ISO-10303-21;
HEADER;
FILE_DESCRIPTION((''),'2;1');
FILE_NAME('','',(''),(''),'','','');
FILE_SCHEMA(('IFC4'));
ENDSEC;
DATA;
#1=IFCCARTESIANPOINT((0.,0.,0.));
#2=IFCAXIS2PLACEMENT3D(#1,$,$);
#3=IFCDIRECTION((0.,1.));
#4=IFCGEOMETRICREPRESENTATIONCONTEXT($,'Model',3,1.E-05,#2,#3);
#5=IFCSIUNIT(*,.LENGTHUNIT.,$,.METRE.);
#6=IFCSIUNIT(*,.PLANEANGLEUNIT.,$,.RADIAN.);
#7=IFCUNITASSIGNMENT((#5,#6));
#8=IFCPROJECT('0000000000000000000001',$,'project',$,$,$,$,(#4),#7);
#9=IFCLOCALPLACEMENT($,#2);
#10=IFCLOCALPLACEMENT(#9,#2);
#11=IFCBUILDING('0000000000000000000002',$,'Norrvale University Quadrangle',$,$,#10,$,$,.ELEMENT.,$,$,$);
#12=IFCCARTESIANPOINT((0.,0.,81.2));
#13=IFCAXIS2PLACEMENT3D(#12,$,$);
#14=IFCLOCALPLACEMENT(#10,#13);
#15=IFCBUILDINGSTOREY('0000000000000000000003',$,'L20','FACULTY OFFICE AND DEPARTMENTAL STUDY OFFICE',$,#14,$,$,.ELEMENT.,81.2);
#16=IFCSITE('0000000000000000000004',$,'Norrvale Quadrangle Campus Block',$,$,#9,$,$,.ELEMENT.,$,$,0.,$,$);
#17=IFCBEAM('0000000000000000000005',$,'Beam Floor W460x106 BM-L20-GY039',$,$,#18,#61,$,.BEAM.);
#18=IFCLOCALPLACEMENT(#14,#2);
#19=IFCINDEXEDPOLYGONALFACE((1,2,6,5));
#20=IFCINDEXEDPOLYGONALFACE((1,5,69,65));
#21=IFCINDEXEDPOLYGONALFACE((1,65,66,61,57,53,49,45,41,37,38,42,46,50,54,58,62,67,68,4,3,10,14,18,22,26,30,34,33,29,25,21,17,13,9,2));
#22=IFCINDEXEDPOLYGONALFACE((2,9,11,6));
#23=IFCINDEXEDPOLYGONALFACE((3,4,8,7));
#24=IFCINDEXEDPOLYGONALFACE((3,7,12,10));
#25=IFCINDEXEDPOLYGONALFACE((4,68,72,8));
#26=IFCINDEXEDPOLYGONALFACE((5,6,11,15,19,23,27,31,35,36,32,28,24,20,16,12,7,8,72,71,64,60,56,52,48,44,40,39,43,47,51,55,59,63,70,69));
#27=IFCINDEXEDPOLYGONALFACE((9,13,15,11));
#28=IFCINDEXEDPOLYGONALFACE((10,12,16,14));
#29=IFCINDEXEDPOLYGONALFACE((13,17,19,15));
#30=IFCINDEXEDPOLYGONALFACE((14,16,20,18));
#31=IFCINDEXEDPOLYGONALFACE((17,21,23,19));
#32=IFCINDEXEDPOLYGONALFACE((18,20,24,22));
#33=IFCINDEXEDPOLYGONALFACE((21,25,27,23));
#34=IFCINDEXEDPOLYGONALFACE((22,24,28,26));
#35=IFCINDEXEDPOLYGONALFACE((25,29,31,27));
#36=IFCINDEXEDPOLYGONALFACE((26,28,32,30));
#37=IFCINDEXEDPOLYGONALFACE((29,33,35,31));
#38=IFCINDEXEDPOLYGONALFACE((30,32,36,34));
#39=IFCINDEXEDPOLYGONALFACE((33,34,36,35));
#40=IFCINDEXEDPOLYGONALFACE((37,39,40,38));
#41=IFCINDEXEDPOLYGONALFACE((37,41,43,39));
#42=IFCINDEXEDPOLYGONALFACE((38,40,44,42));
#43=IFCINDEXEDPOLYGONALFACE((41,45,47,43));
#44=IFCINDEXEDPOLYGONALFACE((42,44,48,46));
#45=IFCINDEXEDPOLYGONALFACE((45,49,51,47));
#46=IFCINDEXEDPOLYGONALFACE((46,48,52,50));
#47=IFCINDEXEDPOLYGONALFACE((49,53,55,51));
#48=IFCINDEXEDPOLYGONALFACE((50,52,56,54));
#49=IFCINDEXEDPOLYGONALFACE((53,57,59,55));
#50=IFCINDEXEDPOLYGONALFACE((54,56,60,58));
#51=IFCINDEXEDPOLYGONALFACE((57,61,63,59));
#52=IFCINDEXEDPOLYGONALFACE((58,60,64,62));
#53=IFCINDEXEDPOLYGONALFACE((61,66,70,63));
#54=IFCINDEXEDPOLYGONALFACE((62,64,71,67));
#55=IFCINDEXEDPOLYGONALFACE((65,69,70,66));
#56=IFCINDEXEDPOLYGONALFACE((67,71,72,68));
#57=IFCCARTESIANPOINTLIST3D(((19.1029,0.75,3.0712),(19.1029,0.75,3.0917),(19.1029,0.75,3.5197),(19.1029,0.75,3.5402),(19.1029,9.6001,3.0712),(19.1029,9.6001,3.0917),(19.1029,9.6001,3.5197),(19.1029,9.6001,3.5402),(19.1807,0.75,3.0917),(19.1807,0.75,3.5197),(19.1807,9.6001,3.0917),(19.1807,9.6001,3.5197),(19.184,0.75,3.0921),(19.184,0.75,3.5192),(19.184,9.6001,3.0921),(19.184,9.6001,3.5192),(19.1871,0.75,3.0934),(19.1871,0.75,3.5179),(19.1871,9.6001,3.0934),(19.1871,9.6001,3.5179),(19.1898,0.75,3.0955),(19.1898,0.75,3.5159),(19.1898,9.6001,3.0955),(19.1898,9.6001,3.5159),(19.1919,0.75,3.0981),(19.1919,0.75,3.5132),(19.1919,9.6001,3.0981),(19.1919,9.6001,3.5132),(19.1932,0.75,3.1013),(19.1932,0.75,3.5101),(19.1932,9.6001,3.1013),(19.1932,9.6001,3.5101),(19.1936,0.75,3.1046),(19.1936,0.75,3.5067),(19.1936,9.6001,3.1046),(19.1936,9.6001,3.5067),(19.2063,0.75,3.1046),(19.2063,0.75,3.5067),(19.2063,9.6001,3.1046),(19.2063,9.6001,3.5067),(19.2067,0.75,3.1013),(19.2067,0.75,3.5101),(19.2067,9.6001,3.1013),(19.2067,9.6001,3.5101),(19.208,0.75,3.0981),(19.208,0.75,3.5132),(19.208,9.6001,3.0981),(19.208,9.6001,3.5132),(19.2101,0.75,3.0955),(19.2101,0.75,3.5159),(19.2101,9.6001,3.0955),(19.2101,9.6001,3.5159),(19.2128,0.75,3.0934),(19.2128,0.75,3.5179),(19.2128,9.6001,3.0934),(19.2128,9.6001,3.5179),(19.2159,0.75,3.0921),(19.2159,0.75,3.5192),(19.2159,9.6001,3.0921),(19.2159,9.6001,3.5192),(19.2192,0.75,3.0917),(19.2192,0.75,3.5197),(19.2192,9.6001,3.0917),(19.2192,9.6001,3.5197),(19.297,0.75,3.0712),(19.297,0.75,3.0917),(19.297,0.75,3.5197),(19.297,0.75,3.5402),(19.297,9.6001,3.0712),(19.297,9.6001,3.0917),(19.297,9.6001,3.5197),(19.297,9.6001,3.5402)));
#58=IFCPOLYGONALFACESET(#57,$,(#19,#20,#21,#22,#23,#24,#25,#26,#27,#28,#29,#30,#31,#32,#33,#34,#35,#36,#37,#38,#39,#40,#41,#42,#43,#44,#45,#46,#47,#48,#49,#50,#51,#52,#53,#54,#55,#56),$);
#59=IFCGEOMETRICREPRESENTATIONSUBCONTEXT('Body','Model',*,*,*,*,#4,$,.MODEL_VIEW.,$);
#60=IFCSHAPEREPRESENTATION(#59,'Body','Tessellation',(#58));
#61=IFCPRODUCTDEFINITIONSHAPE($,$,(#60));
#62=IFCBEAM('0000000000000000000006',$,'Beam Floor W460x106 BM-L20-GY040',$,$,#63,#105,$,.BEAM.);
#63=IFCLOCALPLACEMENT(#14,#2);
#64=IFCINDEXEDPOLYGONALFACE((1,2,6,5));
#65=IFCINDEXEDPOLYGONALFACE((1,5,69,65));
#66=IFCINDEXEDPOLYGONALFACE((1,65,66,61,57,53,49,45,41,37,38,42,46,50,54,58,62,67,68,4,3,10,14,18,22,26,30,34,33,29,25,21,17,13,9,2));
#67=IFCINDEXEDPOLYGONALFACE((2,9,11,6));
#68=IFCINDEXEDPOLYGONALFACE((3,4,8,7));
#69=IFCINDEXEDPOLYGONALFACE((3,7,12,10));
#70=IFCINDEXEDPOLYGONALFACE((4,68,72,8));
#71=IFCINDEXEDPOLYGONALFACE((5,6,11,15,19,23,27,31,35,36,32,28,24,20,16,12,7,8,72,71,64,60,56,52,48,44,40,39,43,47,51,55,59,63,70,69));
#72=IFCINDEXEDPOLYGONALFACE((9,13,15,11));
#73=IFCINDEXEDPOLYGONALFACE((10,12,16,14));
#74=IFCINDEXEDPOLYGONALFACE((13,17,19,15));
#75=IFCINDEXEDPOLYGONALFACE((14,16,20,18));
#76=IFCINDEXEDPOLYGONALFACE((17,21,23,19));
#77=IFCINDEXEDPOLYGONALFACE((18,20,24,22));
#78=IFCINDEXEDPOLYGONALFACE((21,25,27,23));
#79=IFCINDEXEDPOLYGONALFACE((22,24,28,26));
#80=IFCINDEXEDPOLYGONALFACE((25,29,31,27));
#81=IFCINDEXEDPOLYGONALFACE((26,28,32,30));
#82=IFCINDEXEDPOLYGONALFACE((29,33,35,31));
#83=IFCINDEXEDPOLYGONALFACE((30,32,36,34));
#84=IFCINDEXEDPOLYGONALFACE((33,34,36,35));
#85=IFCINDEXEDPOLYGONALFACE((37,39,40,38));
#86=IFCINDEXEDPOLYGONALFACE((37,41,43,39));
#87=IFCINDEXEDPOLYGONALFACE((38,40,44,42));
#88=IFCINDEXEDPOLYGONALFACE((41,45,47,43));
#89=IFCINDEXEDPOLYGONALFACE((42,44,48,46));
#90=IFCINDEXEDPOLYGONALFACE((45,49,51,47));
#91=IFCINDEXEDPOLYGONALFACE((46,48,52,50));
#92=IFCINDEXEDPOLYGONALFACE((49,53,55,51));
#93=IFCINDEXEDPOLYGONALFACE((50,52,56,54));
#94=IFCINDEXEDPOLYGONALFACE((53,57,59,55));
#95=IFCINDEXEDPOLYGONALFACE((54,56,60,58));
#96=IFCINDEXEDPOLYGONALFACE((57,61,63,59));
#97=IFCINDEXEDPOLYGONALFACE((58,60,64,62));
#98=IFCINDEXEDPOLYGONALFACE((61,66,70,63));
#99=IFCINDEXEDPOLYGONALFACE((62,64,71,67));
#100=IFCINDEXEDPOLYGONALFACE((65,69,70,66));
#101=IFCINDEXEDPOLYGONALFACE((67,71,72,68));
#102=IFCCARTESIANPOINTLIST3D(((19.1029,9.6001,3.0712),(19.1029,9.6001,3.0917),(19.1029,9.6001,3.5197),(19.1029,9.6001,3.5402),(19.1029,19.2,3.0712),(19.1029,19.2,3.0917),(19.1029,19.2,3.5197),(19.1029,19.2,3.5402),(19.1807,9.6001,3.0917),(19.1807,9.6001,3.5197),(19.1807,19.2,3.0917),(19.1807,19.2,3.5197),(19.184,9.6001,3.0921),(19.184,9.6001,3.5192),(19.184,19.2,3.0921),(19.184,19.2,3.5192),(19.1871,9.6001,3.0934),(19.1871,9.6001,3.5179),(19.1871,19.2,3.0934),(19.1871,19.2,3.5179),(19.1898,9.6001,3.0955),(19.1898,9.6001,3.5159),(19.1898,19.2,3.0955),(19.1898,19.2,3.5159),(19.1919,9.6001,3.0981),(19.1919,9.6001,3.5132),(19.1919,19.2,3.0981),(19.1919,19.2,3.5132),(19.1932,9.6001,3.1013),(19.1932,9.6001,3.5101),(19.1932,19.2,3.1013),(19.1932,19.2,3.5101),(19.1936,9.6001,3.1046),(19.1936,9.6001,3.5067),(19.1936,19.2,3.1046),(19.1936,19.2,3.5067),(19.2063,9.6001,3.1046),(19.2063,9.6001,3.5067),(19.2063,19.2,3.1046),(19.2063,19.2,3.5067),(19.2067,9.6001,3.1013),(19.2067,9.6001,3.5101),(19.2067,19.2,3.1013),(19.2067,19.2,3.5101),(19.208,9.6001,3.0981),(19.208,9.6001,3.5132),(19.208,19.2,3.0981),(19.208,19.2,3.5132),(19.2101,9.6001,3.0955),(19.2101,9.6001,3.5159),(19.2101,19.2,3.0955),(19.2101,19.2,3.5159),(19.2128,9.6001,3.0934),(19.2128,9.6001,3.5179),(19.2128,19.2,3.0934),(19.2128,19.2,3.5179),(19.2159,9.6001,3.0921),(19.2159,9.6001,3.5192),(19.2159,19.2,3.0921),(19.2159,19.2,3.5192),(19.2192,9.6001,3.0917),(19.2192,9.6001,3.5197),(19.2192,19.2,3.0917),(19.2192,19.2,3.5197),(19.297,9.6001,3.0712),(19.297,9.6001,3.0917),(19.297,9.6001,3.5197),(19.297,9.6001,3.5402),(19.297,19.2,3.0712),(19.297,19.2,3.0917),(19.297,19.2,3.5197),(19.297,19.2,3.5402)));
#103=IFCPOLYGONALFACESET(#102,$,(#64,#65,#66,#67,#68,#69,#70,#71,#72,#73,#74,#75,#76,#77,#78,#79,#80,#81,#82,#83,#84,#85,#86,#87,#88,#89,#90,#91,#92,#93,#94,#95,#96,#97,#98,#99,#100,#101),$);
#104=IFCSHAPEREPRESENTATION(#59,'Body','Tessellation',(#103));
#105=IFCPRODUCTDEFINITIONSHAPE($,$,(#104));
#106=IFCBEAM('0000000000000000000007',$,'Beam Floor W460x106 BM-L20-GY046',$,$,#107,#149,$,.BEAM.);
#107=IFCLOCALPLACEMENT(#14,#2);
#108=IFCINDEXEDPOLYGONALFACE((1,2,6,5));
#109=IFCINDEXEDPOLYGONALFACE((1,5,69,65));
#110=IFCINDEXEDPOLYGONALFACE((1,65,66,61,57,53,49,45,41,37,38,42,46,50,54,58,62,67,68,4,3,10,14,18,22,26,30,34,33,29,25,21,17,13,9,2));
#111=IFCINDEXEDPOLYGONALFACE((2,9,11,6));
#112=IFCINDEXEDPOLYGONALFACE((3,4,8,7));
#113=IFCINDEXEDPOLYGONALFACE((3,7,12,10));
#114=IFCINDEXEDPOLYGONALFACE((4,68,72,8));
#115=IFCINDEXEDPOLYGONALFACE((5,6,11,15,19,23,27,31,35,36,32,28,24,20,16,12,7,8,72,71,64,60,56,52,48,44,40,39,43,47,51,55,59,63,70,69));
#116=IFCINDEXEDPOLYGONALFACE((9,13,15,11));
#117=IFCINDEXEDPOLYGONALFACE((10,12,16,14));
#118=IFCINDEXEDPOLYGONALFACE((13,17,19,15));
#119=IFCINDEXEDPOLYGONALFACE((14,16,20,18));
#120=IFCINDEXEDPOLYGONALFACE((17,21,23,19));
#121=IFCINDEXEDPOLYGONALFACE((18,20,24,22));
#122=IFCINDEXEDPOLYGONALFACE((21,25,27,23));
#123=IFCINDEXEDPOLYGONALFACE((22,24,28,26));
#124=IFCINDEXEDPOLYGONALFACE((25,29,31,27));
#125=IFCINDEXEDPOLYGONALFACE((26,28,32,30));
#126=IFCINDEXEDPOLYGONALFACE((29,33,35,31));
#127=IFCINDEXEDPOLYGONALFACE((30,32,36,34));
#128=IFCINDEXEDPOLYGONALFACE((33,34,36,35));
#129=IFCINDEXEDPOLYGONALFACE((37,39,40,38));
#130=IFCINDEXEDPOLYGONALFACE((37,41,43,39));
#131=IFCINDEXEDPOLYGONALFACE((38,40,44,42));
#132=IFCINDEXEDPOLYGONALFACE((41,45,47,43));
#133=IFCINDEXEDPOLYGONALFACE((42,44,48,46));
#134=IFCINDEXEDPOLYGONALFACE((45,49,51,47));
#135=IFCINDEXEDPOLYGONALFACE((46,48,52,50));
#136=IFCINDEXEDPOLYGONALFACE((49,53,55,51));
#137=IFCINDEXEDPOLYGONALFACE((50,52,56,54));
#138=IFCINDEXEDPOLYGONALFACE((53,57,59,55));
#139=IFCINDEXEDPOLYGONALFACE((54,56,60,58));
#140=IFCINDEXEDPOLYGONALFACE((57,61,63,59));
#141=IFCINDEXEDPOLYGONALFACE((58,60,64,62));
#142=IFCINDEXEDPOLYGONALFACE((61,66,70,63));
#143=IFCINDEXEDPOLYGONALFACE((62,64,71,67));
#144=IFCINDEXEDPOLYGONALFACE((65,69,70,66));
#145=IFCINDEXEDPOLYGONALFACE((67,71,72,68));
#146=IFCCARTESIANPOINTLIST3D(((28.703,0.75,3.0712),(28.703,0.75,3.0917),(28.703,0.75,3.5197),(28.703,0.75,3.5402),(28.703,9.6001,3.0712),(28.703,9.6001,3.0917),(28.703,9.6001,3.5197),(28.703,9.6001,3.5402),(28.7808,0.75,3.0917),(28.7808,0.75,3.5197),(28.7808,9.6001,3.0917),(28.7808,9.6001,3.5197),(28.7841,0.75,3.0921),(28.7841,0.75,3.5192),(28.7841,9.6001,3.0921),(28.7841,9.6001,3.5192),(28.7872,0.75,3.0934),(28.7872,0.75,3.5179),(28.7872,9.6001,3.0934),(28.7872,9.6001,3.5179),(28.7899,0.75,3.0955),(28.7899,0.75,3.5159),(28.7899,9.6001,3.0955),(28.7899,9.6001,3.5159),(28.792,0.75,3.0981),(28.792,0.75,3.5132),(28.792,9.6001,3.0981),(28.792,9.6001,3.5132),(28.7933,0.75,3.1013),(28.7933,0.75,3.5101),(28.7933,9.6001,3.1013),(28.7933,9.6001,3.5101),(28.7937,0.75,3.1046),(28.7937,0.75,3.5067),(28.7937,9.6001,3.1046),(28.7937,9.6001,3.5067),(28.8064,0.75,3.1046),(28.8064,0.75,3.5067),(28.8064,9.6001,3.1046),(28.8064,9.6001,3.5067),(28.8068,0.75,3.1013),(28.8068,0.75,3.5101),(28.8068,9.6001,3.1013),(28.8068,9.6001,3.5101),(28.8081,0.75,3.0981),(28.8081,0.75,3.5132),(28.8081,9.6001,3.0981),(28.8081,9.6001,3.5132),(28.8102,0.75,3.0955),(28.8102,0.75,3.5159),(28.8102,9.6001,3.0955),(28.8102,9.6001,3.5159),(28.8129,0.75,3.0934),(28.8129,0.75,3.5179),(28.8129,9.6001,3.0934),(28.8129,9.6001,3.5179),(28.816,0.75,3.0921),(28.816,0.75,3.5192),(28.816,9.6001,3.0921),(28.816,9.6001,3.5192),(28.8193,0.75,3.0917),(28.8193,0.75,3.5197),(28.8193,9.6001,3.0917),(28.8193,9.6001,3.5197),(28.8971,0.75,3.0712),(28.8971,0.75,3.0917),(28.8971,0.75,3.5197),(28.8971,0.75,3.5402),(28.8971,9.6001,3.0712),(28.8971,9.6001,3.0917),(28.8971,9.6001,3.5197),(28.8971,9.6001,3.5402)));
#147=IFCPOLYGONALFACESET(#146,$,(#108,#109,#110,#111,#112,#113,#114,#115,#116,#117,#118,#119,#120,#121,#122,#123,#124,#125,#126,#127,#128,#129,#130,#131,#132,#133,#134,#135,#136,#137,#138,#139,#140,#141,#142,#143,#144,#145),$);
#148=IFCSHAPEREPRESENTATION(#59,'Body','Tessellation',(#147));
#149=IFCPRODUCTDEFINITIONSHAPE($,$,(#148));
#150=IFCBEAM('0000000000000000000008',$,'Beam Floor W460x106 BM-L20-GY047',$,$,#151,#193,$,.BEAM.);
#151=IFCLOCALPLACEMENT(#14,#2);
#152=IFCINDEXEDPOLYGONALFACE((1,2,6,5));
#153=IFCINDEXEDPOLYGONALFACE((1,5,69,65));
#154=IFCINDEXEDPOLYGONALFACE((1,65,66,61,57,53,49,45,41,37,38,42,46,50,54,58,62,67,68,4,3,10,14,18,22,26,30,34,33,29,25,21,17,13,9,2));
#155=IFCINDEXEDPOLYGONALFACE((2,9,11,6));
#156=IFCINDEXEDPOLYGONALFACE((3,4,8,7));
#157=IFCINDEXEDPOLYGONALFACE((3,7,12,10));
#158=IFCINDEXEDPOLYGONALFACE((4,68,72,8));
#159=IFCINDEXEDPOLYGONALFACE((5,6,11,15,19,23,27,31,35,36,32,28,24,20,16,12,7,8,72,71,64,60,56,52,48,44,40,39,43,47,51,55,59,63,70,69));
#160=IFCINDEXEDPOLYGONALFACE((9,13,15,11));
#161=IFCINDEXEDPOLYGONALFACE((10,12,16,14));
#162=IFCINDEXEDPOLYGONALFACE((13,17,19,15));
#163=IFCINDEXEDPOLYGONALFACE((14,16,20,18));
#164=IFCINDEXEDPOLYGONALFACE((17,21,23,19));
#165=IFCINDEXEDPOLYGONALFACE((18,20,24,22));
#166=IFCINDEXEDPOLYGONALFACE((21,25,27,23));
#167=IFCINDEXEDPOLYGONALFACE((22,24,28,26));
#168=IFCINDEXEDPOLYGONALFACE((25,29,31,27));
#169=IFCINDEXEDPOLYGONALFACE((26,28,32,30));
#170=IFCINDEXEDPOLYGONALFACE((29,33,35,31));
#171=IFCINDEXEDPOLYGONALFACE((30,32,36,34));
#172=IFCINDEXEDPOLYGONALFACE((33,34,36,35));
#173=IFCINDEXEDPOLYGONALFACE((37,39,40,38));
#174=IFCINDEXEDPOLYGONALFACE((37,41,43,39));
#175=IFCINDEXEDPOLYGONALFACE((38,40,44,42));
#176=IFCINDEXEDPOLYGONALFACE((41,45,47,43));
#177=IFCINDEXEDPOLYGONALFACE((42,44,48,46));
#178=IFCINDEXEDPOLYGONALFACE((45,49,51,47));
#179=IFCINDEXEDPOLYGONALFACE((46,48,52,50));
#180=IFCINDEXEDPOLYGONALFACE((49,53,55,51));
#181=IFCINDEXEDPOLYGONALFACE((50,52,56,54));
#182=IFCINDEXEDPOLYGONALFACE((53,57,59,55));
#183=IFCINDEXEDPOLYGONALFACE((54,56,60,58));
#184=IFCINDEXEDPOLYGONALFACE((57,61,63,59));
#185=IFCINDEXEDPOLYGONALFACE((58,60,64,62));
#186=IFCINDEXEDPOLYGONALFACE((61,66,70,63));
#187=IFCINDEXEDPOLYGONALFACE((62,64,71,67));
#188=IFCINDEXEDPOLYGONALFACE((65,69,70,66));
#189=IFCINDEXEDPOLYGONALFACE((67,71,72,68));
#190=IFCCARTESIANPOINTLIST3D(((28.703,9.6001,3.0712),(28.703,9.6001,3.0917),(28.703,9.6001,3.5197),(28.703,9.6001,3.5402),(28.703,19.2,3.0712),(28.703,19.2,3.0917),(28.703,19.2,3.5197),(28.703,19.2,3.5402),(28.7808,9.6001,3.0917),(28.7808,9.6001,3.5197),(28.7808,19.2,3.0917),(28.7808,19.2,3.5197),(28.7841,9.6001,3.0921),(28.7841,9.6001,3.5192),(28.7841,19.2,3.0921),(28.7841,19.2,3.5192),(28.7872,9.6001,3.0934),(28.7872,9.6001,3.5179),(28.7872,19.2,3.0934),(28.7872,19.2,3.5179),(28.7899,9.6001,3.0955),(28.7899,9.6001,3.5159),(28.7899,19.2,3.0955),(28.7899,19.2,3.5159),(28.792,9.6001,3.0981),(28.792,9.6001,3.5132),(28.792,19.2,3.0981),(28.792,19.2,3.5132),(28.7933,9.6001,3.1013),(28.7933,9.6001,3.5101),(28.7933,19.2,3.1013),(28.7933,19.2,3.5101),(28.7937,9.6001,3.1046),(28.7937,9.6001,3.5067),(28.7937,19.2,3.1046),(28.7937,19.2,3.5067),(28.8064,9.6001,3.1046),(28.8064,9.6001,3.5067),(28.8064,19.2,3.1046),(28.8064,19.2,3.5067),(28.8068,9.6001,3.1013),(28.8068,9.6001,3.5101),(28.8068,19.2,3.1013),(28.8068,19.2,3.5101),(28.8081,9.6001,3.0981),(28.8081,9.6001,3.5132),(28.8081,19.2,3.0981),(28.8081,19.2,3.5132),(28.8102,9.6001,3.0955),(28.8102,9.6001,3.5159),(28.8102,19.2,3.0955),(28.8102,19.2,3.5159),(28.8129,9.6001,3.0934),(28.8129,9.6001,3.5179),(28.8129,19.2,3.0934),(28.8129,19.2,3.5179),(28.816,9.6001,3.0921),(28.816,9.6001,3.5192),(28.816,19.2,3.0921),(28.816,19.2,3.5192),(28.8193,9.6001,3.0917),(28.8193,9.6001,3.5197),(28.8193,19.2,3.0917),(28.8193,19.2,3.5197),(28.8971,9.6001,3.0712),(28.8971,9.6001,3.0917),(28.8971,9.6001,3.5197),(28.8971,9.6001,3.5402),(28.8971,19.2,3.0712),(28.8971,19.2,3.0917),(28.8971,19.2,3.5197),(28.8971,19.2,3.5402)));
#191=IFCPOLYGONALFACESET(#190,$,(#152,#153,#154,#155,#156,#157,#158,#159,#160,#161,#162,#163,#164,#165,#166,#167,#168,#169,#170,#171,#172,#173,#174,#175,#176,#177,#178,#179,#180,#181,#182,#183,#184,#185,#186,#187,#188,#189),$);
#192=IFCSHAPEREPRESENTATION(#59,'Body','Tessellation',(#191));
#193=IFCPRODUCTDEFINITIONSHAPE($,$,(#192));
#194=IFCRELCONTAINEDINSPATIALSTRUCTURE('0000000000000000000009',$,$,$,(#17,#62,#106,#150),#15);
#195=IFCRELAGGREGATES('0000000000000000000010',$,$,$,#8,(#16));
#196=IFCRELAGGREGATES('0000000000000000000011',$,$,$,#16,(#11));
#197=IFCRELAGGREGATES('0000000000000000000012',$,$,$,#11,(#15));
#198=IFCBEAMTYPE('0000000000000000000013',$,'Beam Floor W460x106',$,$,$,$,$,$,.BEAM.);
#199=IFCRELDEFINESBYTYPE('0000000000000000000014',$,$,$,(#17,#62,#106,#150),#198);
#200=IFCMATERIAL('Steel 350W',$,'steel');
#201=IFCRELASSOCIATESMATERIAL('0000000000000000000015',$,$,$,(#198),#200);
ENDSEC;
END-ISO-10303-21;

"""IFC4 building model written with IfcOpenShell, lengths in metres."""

from ifc_helpers import new_model, si_unit, direction, frame, origin, origin_2d, place, context, subcontext, project, spatial, i_section, extrude, material, material_profile, profile_set, type_object, element, save


model = new_model("IFC4")

# Units and contexts
model_context = context("Model", 3, precision=1e-05, world=origin(), true_north=direction((0.0, 1.0)))
body_context = subcontext(model_context, "Body", "Model", "MODEL_VIEW")
ifc_project = project(units=[si_unit("LENGTHUNIT", "METRE"), si_unit("PLANEANGLEUNIT", "RADIAN")], contexts=[model_context])

# Site, building, storey
site_placement = place(None, origin())
site = spatial("IfcSite", under=ifc_project, at=site_placement, Name="Norrvale Quadrangle Campus Block", CompositionType="ELEMENT", RefElevation=0.0)
building_placement = place(site_placement, origin())
building = spatial("IfcBuilding", under=site, at=building_placement, Name="Norrvale University Quadrangle", CompositionType="ELEMENT")
storey_placement = place(building_placement, frame((0.0, 0.0, 81.2)))
storey = spatial("IfcBuildingStorey", under=building, at=storey_placement, Name="L20", Description="FACULTY OFFICE AND DEPARTMENTAL STUDY OFFICE", CompositionType="ELEMENT", Elevation=81.2)

# Beams
ifc_material_1 = material(Name="Steel 350W", Category="steel")
ifc_material_profile_1 = material_profile(ifc_material_1, i_section(OverallWidth=0.1941, OverallDepth=0.469, WebThickness=0.0127, FlangeThickness=0.0205, FilletRadius=0.0129, at=origin_2d()), Name="Steel 350W")
ifc_profile_set_1 = profile_set([ifc_material_profile_1], Name="Steel 350W")
beam_type_1 = type_object("IfcBeamType", Name="Beam Floor W460x106", PredefinedType="BEAM", material=ifc_profile_set_1)
beam_1_placement = place(storey_placement, frame((19.2, 0.75, 3.3057), z_axis=(0.0, 1.0, 0.0), x_axis=(-1.0, 0.0, 0.0)))
element("IfcBeam", 1, at=beam_1_placement, inside=storey, type_object=beam_type_1, Name="Beam Floor W460x106 BM-L20-GY039", PredefinedType="BEAM", context=body_context, shape_type="SweptSolid", body=[
    extrude(i_section(OverallWidth=0.1941, OverallDepth=0.469, WebThickness=0.0127, FlangeThickness=0.0205, FilletRadius=0.0129, at=origin_2d()), origin(), (0.0, 0.0, 1.0), 8.8501),
])
beam_2_placement = place(storey_placement, frame((19.2, 9.6001, 3.3057), z_axis=(0.0, 1.0, 0.0), x_axis=(-1.0, 0.0, 0.0)))
element("IfcBeam", 2, at=beam_2_placement, inside=storey, type_object=beam_type_1, Name="Beam Floor W460x106 BM-L20-GY040", PredefinedType="BEAM", context=body_context, shape_type="SweptSolid", body=[
    extrude(i_section(OverallWidth=0.1941, OverallDepth=0.469, WebThickness=0.0127, FlangeThickness=0.0205, FilletRadius=0.0129, at=origin_2d()), origin(), (0.0, 0.0, 1.0), 9.5999),
])
beam_3_placement = place(storey_placement, frame((28.8, 0.75, 3.3057), z_axis=(0.0, 1.0, 0.0), x_axis=(-1.0, 0.0, 0.0)))
element("IfcBeam", 3, at=beam_3_placement, inside=storey, type_object=beam_type_1, Name="Beam Floor W460x106 BM-L20-GY046", PredefinedType="BEAM", context=body_context, shape_type="SweptSolid", body=[
    extrude(i_section(OverallWidth=0.1941, OverallDepth=0.469, WebThickness=0.0127, FlangeThickness=0.0205, FilletRadius=0.0129, at=origin_2d()), origin(), (0.0, 0.0, 1.0), 8.8501),
])
beam_4_placement = place(storey_placement, frame((28.8, 9.6001, 3.3057), z_axis=(0.0, 1.0, 0.0), x_axis=(-1.0, 0.0, 0.0)))
element("IfcBeam", 4, at=beam_4_placement, inside=storey, type_object=beam_type_1, Name="Beam Floor W460x106 BM-L20-GY047", PredefinedType="BEAM", context=body_context, shape_type="SweptSolid", body=[
    extrude(i_section(OverallWidth=0.1941, OverallDepth=0.469, WebThickness=0.0127, FlangeThickness=0.0205, FilletRadius=0.0129, at=origin_2d()), origin(), (0.0, 0.0, 1.0), 9.5999),
])

save(model, "model.ifc")
